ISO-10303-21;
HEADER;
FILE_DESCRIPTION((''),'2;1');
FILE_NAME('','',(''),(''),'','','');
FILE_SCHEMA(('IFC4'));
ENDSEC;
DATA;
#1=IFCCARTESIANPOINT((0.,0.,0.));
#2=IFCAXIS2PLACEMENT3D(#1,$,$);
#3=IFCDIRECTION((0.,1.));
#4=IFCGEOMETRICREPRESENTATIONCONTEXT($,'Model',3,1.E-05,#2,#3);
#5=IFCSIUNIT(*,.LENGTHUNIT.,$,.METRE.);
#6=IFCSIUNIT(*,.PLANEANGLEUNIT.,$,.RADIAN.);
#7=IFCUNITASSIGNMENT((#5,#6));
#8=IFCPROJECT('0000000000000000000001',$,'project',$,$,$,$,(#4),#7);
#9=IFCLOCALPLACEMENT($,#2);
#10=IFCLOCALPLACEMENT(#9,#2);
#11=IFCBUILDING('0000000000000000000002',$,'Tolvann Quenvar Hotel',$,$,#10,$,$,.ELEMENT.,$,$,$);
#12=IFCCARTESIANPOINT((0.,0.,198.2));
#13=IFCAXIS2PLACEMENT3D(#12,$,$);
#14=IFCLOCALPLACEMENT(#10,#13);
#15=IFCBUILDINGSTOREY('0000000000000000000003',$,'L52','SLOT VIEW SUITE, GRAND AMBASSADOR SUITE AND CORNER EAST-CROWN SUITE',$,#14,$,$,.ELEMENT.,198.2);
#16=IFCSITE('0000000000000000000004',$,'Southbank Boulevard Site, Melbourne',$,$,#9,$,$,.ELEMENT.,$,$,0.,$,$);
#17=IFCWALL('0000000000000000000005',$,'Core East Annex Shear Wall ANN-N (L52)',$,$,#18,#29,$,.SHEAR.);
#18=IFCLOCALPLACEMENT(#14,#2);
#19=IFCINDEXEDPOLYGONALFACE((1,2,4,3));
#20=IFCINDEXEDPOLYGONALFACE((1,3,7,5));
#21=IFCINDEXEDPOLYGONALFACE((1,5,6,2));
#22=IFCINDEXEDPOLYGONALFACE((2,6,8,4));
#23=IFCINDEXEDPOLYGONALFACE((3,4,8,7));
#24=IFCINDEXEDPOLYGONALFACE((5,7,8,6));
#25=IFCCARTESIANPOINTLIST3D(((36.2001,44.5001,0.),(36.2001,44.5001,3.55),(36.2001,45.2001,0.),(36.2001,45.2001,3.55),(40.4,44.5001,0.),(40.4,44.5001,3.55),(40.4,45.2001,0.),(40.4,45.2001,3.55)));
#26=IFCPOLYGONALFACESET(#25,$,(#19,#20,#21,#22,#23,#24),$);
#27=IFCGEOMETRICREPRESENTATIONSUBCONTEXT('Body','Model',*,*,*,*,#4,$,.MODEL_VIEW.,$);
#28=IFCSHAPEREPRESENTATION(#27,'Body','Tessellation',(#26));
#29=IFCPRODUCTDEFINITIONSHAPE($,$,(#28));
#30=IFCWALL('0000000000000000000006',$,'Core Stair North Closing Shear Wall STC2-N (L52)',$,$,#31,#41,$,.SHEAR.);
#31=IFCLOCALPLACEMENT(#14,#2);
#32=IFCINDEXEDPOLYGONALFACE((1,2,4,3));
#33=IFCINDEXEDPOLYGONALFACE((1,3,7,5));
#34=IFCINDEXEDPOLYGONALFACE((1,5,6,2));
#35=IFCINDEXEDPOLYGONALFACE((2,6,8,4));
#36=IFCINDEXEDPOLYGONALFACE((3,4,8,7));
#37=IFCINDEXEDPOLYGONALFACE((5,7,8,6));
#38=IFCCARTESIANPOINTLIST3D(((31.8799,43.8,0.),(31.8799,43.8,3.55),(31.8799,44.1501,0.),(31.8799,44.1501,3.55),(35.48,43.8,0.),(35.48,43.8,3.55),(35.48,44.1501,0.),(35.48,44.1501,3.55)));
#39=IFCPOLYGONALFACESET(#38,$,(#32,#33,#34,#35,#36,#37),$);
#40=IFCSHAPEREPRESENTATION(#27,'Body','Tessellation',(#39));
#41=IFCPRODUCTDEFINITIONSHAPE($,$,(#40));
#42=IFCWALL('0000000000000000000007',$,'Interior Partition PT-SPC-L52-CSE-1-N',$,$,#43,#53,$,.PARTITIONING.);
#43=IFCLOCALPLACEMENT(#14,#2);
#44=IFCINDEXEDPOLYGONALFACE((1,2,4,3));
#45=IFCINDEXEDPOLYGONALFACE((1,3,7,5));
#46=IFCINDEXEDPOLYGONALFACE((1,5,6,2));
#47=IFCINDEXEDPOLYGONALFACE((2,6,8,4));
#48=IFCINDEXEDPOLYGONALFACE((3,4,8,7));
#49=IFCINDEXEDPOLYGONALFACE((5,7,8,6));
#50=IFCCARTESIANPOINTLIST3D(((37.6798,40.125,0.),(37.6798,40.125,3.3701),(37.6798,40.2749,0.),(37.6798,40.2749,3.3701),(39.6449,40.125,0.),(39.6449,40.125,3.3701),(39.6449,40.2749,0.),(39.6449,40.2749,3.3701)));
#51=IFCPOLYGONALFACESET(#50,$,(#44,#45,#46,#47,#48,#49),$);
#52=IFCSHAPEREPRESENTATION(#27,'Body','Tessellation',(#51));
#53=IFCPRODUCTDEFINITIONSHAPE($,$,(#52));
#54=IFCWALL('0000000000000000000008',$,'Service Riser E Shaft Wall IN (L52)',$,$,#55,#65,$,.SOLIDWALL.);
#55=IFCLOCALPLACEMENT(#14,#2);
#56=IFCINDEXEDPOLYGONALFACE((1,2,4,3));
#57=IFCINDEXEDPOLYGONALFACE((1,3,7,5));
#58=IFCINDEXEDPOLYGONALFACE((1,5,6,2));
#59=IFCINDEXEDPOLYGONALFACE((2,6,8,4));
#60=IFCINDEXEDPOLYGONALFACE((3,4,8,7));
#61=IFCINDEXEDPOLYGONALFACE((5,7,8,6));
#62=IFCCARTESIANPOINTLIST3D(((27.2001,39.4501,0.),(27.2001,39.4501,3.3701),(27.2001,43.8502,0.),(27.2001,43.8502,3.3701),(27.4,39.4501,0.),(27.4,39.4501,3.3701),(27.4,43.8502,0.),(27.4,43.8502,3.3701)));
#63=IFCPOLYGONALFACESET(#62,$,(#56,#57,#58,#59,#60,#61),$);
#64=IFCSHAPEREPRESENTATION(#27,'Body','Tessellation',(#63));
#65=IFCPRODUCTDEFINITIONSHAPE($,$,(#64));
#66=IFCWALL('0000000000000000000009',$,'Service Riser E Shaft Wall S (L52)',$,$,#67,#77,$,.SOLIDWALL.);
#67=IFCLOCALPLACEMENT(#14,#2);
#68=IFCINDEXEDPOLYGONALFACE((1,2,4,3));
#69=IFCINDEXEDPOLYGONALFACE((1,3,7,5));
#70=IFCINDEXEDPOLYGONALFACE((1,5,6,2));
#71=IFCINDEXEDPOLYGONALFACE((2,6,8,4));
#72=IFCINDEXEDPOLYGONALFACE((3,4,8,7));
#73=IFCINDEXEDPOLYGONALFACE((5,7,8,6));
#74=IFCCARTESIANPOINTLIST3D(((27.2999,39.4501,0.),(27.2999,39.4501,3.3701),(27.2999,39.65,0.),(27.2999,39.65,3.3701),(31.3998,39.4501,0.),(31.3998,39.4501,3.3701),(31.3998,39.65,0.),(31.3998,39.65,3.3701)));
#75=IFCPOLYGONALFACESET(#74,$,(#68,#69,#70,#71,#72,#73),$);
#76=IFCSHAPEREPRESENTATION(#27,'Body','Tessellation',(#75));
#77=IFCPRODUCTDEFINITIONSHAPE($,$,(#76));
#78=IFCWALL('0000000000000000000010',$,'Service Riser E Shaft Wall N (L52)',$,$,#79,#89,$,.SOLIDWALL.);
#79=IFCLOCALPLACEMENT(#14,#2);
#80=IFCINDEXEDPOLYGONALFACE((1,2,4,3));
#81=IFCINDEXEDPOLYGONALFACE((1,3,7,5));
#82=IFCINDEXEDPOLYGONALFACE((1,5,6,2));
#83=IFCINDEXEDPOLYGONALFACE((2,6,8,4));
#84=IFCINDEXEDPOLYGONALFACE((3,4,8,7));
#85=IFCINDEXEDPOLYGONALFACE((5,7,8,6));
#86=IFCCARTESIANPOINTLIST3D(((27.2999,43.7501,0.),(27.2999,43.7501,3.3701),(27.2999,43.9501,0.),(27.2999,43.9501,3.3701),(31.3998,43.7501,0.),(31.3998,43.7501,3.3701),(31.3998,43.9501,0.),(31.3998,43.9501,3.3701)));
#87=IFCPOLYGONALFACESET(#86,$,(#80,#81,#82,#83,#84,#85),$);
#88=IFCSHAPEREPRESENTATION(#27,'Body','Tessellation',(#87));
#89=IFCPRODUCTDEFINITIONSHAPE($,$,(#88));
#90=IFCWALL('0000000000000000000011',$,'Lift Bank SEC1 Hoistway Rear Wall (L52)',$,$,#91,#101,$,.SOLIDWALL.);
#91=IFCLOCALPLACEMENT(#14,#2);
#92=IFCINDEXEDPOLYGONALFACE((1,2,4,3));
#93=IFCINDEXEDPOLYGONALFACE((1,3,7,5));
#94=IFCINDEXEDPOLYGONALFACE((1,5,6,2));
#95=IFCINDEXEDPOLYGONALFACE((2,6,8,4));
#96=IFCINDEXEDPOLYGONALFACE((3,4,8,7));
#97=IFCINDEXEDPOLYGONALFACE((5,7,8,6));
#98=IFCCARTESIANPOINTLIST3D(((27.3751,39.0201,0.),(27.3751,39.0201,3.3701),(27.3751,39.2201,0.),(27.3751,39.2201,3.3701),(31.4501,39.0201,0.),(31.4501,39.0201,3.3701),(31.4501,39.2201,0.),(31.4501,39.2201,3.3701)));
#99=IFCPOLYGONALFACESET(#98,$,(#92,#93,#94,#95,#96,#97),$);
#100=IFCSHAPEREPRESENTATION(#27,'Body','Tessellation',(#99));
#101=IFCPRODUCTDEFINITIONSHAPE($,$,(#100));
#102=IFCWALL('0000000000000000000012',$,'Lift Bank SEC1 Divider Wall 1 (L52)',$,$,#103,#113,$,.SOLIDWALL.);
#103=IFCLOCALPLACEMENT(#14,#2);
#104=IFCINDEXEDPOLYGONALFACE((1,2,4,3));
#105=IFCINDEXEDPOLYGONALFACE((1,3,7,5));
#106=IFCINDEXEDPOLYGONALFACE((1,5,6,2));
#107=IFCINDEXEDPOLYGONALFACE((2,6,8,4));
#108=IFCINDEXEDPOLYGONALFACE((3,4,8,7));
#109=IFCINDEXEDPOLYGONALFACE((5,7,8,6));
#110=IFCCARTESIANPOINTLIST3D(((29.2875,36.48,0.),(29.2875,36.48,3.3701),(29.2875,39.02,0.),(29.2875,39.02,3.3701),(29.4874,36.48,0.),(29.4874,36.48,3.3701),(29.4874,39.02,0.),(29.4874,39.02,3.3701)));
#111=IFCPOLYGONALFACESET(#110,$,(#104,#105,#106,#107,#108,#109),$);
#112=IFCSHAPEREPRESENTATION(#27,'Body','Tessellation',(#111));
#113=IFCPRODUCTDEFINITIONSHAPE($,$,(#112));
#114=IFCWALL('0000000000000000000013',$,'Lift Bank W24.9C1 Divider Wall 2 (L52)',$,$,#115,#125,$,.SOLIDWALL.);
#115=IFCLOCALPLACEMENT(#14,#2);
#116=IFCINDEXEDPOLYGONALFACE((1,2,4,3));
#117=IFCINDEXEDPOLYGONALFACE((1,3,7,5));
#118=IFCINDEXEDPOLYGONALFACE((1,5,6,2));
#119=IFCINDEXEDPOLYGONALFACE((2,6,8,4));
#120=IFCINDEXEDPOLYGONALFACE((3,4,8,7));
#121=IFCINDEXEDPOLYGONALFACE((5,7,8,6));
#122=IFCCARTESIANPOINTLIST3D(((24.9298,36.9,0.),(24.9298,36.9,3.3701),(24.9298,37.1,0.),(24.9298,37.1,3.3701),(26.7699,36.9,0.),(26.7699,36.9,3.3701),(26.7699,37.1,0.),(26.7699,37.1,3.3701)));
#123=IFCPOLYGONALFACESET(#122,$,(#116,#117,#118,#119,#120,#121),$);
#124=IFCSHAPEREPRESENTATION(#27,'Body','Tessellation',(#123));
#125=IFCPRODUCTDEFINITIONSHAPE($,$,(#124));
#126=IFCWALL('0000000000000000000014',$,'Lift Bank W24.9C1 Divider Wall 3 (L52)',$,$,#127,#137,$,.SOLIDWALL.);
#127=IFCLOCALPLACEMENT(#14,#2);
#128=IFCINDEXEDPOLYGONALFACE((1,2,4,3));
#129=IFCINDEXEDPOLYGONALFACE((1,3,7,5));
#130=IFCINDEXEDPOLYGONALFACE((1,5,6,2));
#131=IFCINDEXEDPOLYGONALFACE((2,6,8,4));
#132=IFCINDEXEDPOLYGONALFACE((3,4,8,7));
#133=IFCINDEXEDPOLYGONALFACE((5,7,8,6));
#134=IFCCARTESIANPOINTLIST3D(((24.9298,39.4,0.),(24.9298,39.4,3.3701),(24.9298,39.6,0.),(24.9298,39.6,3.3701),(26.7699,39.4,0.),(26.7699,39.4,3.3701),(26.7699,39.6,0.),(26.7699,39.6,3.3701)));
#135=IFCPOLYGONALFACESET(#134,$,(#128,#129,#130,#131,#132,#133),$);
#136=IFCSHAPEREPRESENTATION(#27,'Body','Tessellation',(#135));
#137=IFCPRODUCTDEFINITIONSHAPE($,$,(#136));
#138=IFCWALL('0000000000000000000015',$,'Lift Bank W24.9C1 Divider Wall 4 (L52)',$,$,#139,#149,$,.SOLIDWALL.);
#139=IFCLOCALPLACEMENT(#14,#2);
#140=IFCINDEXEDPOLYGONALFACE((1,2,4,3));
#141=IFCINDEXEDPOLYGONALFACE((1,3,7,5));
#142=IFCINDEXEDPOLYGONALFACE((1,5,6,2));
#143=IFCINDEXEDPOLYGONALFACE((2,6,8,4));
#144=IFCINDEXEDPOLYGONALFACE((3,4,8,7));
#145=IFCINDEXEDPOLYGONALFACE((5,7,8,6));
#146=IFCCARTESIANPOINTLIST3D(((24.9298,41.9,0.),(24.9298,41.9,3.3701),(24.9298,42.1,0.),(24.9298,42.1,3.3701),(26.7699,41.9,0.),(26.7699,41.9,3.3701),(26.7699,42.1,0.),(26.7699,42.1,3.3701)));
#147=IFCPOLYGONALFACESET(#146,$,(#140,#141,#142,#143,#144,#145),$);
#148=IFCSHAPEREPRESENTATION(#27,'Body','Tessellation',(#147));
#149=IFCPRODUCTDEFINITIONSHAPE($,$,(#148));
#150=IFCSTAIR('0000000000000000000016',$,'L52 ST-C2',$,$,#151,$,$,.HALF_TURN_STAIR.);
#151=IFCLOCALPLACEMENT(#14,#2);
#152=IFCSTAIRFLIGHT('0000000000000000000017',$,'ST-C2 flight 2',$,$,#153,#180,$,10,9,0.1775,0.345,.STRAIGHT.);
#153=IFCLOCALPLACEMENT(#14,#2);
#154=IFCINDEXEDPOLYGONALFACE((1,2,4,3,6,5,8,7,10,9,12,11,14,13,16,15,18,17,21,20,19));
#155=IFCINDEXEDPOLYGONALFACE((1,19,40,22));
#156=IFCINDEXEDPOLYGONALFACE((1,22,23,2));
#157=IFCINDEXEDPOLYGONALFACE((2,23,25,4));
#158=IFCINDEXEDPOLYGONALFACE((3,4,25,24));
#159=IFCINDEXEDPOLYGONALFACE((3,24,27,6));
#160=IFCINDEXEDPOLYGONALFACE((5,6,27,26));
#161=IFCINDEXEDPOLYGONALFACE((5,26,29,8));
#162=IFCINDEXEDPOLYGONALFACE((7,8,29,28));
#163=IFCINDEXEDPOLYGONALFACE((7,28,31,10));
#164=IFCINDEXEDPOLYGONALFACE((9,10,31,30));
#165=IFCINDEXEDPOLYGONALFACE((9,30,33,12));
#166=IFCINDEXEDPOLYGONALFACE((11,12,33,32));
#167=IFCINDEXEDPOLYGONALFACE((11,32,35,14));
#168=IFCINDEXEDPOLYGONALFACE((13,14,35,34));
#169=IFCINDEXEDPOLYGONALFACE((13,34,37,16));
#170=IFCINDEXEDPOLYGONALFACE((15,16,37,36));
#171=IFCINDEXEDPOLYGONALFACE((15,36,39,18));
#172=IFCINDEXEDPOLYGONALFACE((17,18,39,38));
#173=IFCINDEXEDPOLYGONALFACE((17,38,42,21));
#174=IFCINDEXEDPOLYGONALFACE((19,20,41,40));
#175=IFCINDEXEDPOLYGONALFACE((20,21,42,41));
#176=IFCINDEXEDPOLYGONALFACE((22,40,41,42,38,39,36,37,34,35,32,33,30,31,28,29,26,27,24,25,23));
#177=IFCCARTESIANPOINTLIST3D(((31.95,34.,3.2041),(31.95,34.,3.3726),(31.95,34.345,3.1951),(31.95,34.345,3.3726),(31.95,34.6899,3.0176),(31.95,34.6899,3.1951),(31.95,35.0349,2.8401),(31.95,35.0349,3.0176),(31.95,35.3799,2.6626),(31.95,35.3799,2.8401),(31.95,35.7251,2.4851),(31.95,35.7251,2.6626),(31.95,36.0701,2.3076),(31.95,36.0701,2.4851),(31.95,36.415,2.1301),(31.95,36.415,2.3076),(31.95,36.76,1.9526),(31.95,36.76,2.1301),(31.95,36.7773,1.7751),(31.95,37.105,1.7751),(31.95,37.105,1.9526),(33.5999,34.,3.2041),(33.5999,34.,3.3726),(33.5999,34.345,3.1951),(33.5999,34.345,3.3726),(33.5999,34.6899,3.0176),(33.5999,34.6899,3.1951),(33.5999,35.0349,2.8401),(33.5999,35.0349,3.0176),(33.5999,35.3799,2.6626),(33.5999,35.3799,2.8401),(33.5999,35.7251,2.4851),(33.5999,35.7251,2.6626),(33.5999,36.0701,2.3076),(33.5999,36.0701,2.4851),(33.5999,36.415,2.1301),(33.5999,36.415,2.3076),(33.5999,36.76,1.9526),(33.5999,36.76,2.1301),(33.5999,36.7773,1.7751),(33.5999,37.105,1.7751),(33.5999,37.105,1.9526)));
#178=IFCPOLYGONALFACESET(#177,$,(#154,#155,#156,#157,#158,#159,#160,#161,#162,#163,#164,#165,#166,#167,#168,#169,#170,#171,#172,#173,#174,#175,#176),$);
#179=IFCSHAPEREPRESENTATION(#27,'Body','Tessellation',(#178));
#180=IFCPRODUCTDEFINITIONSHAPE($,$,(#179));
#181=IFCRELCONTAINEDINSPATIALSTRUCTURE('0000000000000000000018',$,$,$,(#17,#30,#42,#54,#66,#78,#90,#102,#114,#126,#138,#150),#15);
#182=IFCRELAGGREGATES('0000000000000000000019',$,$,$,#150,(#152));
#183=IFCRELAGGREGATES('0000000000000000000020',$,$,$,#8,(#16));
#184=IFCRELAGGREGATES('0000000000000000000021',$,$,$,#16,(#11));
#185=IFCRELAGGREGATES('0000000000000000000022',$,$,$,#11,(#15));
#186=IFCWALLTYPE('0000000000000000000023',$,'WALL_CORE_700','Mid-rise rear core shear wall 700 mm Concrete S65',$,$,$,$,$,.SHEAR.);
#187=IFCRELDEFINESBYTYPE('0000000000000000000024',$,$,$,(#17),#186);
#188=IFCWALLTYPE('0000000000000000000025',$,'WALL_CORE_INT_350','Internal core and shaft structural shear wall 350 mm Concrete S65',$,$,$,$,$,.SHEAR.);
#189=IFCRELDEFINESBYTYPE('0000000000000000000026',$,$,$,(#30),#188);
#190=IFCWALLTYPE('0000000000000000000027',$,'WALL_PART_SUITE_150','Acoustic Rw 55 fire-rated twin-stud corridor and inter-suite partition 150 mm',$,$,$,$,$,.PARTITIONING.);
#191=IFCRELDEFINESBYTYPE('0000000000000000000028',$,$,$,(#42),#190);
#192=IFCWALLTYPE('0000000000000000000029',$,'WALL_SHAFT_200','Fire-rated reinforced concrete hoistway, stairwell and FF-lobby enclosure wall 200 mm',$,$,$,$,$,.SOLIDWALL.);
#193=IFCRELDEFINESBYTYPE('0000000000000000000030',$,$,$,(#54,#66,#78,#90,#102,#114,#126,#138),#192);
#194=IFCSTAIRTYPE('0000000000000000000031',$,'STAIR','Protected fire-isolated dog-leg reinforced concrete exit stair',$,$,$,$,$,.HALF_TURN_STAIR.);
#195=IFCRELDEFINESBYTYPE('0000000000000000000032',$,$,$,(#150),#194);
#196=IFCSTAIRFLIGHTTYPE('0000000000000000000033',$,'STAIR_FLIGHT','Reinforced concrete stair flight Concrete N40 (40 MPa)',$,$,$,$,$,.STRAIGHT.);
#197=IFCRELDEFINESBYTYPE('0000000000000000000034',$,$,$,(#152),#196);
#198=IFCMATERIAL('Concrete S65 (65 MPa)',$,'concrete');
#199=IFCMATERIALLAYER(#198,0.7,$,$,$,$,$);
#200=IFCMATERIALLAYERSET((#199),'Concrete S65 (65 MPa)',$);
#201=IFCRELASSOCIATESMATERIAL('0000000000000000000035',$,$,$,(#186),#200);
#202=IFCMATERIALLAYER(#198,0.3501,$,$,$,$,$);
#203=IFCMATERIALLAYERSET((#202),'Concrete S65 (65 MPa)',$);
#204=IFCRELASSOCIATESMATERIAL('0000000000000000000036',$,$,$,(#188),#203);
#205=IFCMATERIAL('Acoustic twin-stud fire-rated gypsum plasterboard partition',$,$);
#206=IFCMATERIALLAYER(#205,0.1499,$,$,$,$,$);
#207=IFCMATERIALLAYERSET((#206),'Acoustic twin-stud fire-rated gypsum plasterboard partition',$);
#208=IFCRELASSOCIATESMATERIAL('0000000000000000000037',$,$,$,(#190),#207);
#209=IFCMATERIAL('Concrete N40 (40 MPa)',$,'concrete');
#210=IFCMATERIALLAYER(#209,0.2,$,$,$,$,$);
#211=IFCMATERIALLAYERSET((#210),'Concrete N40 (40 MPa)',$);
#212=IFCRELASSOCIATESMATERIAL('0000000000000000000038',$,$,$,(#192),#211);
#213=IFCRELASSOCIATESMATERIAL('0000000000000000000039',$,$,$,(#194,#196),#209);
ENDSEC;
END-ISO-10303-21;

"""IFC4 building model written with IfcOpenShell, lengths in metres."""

from ifc_helpers import new_model, si_unit, direction, frame, frame_2d, origin, place, context, subcontext, project, spatial, polyline, rectangle, outline, extrude, material, layer, layer_set, type_object, element, aggregate, save


model = new_model("IFC4")

# Units and contexts
model_context = context("Model", 3, precision=1e-05, world=origin(), true_north=direction((0.0, 1.0)))
body_context = subcontext(model_context, "Body", "Model", "MODEL_VIEW")
ifc_project = project(units=[si_unit("LENGTHUNIT", "METRE"), si_unit("PLANEANGLEUNIT", "RADIAN")], contexts=[model_context])

# Site, building, storey
site_placement = place(None, origin())
site = spatial("IfcSite", under=ifc_project, at=site_placement, Name="Southbank Boulevard Site, Melbourne", CompositionType="ELEMENT", RefElevation=0.0)
building_placement = place(site_placement, origin())
building = spatial("IfcBuilding", under=site, at=building_placement, Name="Tolvann Quenvar Hotel", CompositionType="ELEMENT")
storey_placement = place(building_placement, frame((0.0, 0.0, 198.2)))
storey = spatial("IfcBuildingStorey", under=building, at=storey_placement, Name="L52", Description="SLOT VIEW SUITE, GRAND AMBASSADOR SUITE AND CORNER EAST-CROWN SUITE", CompositionType="ELEMENT", Elevation=198.2)

# Walls
ifc_material_1 = material(Name="Concrete S65 (65 MPa)", Category="concrete")
ifc_layer_1 = layer(ifc_material_1, 0.7)
ifc_layer_set_1 = layer_set([ifc_layer_1], Name="Concrete S65 (65 MPa)")
wall_type_1 = type_object("IfcWallType", Name="WALL_CORE_700", Description="Mid-rise rear core shear wall 700 mm Concrete S65", PredefinedType="SHEAR", material=ifc_layer_set_1)
wall_1_placement = place(storey_placement, frame((36.2, 44.8501, 0.0), z_axis=(0.0, 0.0, 1.0), x_axis=(1.0, 0.0, 0.0)))
element("IfcWall", 1, at=wall_1_placement, inside=storey, type_object=wall_type_1, Name="Core East Annex Shear Wall ANN-N (L52)", PredefinedType="SHEAR", context=body_context, shape_type="SweptSolid", body=[
    extrude(rectangle(XDim=4.2, YDim=0.7, at=frame_2d((2.1001, 0.0))), origin(), (0.0, 0.0, 1.0), 3.55),
])
ifc_layer_2 = layer(ifc_material_1, 0.3501)
ifc_layer_set_2 = layer_set([ifc_layer_2], Name="Concrete S65 (65 MPa)")
wall_type_2 = type_object("IfcWallType", Name="WALL_CORE_INT_350", Description="Internal core and shaft structural shear wall 350 mm Concrete S65", PredefinedType="SHEAR", material=ifc_layer_set_2)
wall_2_placement = place(storey_placement, frame((31.8799, 43.9751, 0.0), z_axis=(0.0, 0.0, 1.0), x_axis=(1.0, 0.0, 0.0)))
element("IfcWall", 2, at=wall_2_placement, inside=storey, type_object=wall_type_2, Name="Core Stair North Closing Shear Wall STC2-N (L52)", PredefinedType="SHEAR", context=body_context, shape_type="SweptSolid", body=[
    extrude(rectangle(XDim=3.6001, YDim=0.3501, at=frame_2d((1.8, 0.0))), origin(), (0.0, 0.0, 1.0), 3.55),
])
ifc_material_2 = material(Name="Acoustic twin-stud fire-rated gypsum plasterboard partition")
ifc_layer_3 = layer(ifc_material_2, 0.1499)
ifc_layer_set_3 = layer_set([ifc_layer_3], Name="Acoustic twin-stud fire-rated gypsum plasterboard partition")
wall_type_3 = type_object("IfcWallType", Name="WALL_PART_SUITE_150", Description="Acoustic Rw 55 fire-rated twin-stud corridor and inter-suite partition 150 mm", PredefinedType="PARTITIONING", material=ifc_layer_set_3)
wall_3_placement = place(storey_placement, frame((37.6799, 40.2, 0.0), z_axis=(0.0, 0.0, 1.0), x_axis=(1.0, 0.0, 0.0)))
element("IfcWall", 3, at=wall_3_placement, inside=storey, type_object=wall_type_3, Name="Interior Partition PT-SPC-L52-CSE-1-N", PredefinedType="PARTITIONING", context=body_context, shape_type="SweptSolid", body=[
    extrude(rectangle(XDim=1.9651, YDim=0.1499, at=frame_2d((0.9824, 0.0))), origin(), (0.0, 0.0, 1.0), 3.3701),
])
ifc_material_3 = material(Name="Concrete N40 (40 MPa)", Category="concrete")
ifc_layer_4 = layer(ifc_material_3, 0.2)
ifc_layer_set_4 = layer_set([ifc_layer_4], Name="Concrete N40 (40 MPa)")
wall_type_4 = type_object("IfcWallType", Name="WALL_SHAFT_200", Description="Fire-rated reinforced concrete hoistway, stairwell and FF-lobby enclosure wall 200 mm", PredefinedType="SOLIDWALL", material=ifc_layer_set_4)
wall_4_placement = place(storey_placement, frame((27.3, 39.45, 0.0), z_axis=(0.0, 0.0, 1.0), x_axis=(0.0, 1.0, 0.0)))
element("IfcWall", 4, at=wall_4_placement, inside=storey, type_object=wall_type_4, Name="Service Riser E Shaft Wall IN (L52)", PredefinedType="SOLIDWALL", context=body_context, shape_type="SweptSolid", body=[
    extrude(rectangle(XDim=4.4001, YDim=0.2, at=frame_2d((2.2002, 0.0))), origin(), (0.0, 0.0, 1.0), 3.3701),
])
for number, where, z_axis, x_axis, name in (
    (5, (27.3, 39.55, 0.0), (0.0, 0.0, 1.0), (1.0, 0.0, 0.0), "Service Riser E Shaft Wall S (L52)"),
    (6, (27.3, 43.8501, 0.0), (0.0, 0.0, 1.0), (1.0, 0.0, 0.0), "Service Riser E Shaft Wall N (L52)"),
):
    element("IfcWall", number, at=place(storey_placement, frame(where, z_axis=z_axis, x_axis=x_axis)), inside=storey, type_object=wall_type_4, Name=name, PredefinedType="SOLIDWALL", context=body_context, shape_type="SweptSolid", body=[
        extrude(rectangle(XDim=4.0999, YDim=0.2, at=frame_2d((2.0498, 0.0))), origin(), (0.0, 0.0, 1.0), 3.3701),
    ])
wall_5_placement = place(storey_placement, frame((27.375, 39.1201, 0.0), z_axis=(0.0, 0.0, 1.0), x_axis=(1.0, 0.0, 0.0)))
element("IfcWall", 7, at=wall_5_placement, inside=storey, type_object=wall_type_4, Name="Lift Bank SEC1 Hoistway Rear Wall (L52)", PredefinedType="SOLIDWALL", context=body_context, shape_type="SweptSolid", body=[
    extrude(rectangle(XDim=4.075, YDim=0.2, at=frame_2d((2.0376, 0.0))), origin(), (0.0, 0.0, 1.0), 3.3701),
])
wall_6_placement = place(storey_placement, frame((29.3875, 36.48, 0.0), z_axis=(0.0, 0.0, 1.0), x_axis=(0.0, 1.0, 0.0)))
element("IfcWall", 8, at=wall_6_placement, inside=storey, type_object=wall_type_4, Name="Lift Bank SEC1 Divider Wall 1 (L52)", PredefinedType="SOLIDWALL", context=body_context, shape_type="SweptSolid", body=[
    extrude(rectangle(XDim=2.54, YDim=0.2, at=frame_2d((1.27, 0.0))), origin(), (0.0, 0.0, 1.0), 3.3701),
])
for number, where, z_axis, x_axis, name in (
    (9, (24.9299, 37.0, 0.0), (0.0, 0.0, 1.0), (1.0, 0.0, 0.0), "Lift Bank W24.9C1 Divider Wall 2 (L52)"),
    (10, (24.9299, 39.5, 0.0), (0.0, 0.0, 1.0), (1.0, 0.0, 0.0), "Lift Bank W24.9C1 Divider Wall 3 (L52)"),
    (11, (24.9299, 42.0, 0.0), (0.0, 0.0, 1.0), (1.0, 0.0, 0.0), "Lift Bank W24.9C1 Divider Wall 4 (L52)"),
):
    element("IfcWall", number, at=place(storey_placement, frame(where, z_axis=z_axis, x_axis=x_axis)), inside=storey, type_object=wall_type_4, Name=name, PredefinedType="SOLIDWALL", context=body_context, shape_type="SweptSolid", body=[
        extrude(rectangle(XDim=1.8401, YDim=0.2, at=frame_2d((0.9199, 0.0))), origin(), (0.0, 0.0, 1.0), 3.3701),
    ])

# Stair, stair flight
stair_type = type_object("IfcStairType", Name="STAIR", Description="Protected fire-isolated dog-leg reinforced concrete exit stair", PredefinedType="HALF_TURN_STAIR", material=ifc_material_3)
stair_placement = place(storey_placement, origin())
stair = element("IfcStair", 12, at=stair_placement, inside=storey, type_object=stair_type, Name="L52 ST-C2", PredefinedType="HALF_TURN_STAIR")
stair_flight_type = type_object("IfcStairFlightType", Name="STAIR_FLIGHT", Description="Reinforced concrete stair flight Concrete N40 (40 MPa)", PredefinedType="STRAIGHT", material=ifc_material_3)
stair_flight_placement = place(storey_placement, frame((32.7749, 37.105, 1.7751), z_axis=(0.0, 0.0, 1.0), x_axis=(0.0, -1.0, 0.0)))
stair_flight = element("IfcStairFlight", 13, at=stair_flight_placement, type_object=stair_flight_type, Name="ST-C2 flight 2", NumberOfRisers=10, NumberOfTreads=9, PredefinedType="STRAIGHT", RiserHeight=0.1775, TreadLength=0.345, context=body_context, shape_type="SweptSolid", body=[
    extrude(outline(polyline([(0.0, 0.0), (0.0, 0.1775), (0.345, 0.1775), (0.345, 0.355), (0.6899, 0.355), (0.6899, 0.5325), (1.0349, 0.5325), (1.0349, 0.71), (1.3799, 0.71), (1.3799, 0.8875), (1.7251, 0.8875), (1.7251, 1.0649), (2.0701, 1.0649), (2.0701, 1.2424), (2.415, 1.2424), (2.415, 1.4199), (2.76, 1.4199), (2.76, 1.5974), (3.105, 1.5974), (3.105, 1.7749), (3.105, 1.429), (0.3276, 0.0), (0.0, 0.0)])), frame((0.0, 0.825, 0.0), z_axis=(0.0, -1.0, 0.0), x_axis=(1.0, 0.0, 0.0)), (0.0, 0.0, 1.0), 1.6499),
])
aggregate(stair, [stair_flight])

save(model, "model.ifc")
